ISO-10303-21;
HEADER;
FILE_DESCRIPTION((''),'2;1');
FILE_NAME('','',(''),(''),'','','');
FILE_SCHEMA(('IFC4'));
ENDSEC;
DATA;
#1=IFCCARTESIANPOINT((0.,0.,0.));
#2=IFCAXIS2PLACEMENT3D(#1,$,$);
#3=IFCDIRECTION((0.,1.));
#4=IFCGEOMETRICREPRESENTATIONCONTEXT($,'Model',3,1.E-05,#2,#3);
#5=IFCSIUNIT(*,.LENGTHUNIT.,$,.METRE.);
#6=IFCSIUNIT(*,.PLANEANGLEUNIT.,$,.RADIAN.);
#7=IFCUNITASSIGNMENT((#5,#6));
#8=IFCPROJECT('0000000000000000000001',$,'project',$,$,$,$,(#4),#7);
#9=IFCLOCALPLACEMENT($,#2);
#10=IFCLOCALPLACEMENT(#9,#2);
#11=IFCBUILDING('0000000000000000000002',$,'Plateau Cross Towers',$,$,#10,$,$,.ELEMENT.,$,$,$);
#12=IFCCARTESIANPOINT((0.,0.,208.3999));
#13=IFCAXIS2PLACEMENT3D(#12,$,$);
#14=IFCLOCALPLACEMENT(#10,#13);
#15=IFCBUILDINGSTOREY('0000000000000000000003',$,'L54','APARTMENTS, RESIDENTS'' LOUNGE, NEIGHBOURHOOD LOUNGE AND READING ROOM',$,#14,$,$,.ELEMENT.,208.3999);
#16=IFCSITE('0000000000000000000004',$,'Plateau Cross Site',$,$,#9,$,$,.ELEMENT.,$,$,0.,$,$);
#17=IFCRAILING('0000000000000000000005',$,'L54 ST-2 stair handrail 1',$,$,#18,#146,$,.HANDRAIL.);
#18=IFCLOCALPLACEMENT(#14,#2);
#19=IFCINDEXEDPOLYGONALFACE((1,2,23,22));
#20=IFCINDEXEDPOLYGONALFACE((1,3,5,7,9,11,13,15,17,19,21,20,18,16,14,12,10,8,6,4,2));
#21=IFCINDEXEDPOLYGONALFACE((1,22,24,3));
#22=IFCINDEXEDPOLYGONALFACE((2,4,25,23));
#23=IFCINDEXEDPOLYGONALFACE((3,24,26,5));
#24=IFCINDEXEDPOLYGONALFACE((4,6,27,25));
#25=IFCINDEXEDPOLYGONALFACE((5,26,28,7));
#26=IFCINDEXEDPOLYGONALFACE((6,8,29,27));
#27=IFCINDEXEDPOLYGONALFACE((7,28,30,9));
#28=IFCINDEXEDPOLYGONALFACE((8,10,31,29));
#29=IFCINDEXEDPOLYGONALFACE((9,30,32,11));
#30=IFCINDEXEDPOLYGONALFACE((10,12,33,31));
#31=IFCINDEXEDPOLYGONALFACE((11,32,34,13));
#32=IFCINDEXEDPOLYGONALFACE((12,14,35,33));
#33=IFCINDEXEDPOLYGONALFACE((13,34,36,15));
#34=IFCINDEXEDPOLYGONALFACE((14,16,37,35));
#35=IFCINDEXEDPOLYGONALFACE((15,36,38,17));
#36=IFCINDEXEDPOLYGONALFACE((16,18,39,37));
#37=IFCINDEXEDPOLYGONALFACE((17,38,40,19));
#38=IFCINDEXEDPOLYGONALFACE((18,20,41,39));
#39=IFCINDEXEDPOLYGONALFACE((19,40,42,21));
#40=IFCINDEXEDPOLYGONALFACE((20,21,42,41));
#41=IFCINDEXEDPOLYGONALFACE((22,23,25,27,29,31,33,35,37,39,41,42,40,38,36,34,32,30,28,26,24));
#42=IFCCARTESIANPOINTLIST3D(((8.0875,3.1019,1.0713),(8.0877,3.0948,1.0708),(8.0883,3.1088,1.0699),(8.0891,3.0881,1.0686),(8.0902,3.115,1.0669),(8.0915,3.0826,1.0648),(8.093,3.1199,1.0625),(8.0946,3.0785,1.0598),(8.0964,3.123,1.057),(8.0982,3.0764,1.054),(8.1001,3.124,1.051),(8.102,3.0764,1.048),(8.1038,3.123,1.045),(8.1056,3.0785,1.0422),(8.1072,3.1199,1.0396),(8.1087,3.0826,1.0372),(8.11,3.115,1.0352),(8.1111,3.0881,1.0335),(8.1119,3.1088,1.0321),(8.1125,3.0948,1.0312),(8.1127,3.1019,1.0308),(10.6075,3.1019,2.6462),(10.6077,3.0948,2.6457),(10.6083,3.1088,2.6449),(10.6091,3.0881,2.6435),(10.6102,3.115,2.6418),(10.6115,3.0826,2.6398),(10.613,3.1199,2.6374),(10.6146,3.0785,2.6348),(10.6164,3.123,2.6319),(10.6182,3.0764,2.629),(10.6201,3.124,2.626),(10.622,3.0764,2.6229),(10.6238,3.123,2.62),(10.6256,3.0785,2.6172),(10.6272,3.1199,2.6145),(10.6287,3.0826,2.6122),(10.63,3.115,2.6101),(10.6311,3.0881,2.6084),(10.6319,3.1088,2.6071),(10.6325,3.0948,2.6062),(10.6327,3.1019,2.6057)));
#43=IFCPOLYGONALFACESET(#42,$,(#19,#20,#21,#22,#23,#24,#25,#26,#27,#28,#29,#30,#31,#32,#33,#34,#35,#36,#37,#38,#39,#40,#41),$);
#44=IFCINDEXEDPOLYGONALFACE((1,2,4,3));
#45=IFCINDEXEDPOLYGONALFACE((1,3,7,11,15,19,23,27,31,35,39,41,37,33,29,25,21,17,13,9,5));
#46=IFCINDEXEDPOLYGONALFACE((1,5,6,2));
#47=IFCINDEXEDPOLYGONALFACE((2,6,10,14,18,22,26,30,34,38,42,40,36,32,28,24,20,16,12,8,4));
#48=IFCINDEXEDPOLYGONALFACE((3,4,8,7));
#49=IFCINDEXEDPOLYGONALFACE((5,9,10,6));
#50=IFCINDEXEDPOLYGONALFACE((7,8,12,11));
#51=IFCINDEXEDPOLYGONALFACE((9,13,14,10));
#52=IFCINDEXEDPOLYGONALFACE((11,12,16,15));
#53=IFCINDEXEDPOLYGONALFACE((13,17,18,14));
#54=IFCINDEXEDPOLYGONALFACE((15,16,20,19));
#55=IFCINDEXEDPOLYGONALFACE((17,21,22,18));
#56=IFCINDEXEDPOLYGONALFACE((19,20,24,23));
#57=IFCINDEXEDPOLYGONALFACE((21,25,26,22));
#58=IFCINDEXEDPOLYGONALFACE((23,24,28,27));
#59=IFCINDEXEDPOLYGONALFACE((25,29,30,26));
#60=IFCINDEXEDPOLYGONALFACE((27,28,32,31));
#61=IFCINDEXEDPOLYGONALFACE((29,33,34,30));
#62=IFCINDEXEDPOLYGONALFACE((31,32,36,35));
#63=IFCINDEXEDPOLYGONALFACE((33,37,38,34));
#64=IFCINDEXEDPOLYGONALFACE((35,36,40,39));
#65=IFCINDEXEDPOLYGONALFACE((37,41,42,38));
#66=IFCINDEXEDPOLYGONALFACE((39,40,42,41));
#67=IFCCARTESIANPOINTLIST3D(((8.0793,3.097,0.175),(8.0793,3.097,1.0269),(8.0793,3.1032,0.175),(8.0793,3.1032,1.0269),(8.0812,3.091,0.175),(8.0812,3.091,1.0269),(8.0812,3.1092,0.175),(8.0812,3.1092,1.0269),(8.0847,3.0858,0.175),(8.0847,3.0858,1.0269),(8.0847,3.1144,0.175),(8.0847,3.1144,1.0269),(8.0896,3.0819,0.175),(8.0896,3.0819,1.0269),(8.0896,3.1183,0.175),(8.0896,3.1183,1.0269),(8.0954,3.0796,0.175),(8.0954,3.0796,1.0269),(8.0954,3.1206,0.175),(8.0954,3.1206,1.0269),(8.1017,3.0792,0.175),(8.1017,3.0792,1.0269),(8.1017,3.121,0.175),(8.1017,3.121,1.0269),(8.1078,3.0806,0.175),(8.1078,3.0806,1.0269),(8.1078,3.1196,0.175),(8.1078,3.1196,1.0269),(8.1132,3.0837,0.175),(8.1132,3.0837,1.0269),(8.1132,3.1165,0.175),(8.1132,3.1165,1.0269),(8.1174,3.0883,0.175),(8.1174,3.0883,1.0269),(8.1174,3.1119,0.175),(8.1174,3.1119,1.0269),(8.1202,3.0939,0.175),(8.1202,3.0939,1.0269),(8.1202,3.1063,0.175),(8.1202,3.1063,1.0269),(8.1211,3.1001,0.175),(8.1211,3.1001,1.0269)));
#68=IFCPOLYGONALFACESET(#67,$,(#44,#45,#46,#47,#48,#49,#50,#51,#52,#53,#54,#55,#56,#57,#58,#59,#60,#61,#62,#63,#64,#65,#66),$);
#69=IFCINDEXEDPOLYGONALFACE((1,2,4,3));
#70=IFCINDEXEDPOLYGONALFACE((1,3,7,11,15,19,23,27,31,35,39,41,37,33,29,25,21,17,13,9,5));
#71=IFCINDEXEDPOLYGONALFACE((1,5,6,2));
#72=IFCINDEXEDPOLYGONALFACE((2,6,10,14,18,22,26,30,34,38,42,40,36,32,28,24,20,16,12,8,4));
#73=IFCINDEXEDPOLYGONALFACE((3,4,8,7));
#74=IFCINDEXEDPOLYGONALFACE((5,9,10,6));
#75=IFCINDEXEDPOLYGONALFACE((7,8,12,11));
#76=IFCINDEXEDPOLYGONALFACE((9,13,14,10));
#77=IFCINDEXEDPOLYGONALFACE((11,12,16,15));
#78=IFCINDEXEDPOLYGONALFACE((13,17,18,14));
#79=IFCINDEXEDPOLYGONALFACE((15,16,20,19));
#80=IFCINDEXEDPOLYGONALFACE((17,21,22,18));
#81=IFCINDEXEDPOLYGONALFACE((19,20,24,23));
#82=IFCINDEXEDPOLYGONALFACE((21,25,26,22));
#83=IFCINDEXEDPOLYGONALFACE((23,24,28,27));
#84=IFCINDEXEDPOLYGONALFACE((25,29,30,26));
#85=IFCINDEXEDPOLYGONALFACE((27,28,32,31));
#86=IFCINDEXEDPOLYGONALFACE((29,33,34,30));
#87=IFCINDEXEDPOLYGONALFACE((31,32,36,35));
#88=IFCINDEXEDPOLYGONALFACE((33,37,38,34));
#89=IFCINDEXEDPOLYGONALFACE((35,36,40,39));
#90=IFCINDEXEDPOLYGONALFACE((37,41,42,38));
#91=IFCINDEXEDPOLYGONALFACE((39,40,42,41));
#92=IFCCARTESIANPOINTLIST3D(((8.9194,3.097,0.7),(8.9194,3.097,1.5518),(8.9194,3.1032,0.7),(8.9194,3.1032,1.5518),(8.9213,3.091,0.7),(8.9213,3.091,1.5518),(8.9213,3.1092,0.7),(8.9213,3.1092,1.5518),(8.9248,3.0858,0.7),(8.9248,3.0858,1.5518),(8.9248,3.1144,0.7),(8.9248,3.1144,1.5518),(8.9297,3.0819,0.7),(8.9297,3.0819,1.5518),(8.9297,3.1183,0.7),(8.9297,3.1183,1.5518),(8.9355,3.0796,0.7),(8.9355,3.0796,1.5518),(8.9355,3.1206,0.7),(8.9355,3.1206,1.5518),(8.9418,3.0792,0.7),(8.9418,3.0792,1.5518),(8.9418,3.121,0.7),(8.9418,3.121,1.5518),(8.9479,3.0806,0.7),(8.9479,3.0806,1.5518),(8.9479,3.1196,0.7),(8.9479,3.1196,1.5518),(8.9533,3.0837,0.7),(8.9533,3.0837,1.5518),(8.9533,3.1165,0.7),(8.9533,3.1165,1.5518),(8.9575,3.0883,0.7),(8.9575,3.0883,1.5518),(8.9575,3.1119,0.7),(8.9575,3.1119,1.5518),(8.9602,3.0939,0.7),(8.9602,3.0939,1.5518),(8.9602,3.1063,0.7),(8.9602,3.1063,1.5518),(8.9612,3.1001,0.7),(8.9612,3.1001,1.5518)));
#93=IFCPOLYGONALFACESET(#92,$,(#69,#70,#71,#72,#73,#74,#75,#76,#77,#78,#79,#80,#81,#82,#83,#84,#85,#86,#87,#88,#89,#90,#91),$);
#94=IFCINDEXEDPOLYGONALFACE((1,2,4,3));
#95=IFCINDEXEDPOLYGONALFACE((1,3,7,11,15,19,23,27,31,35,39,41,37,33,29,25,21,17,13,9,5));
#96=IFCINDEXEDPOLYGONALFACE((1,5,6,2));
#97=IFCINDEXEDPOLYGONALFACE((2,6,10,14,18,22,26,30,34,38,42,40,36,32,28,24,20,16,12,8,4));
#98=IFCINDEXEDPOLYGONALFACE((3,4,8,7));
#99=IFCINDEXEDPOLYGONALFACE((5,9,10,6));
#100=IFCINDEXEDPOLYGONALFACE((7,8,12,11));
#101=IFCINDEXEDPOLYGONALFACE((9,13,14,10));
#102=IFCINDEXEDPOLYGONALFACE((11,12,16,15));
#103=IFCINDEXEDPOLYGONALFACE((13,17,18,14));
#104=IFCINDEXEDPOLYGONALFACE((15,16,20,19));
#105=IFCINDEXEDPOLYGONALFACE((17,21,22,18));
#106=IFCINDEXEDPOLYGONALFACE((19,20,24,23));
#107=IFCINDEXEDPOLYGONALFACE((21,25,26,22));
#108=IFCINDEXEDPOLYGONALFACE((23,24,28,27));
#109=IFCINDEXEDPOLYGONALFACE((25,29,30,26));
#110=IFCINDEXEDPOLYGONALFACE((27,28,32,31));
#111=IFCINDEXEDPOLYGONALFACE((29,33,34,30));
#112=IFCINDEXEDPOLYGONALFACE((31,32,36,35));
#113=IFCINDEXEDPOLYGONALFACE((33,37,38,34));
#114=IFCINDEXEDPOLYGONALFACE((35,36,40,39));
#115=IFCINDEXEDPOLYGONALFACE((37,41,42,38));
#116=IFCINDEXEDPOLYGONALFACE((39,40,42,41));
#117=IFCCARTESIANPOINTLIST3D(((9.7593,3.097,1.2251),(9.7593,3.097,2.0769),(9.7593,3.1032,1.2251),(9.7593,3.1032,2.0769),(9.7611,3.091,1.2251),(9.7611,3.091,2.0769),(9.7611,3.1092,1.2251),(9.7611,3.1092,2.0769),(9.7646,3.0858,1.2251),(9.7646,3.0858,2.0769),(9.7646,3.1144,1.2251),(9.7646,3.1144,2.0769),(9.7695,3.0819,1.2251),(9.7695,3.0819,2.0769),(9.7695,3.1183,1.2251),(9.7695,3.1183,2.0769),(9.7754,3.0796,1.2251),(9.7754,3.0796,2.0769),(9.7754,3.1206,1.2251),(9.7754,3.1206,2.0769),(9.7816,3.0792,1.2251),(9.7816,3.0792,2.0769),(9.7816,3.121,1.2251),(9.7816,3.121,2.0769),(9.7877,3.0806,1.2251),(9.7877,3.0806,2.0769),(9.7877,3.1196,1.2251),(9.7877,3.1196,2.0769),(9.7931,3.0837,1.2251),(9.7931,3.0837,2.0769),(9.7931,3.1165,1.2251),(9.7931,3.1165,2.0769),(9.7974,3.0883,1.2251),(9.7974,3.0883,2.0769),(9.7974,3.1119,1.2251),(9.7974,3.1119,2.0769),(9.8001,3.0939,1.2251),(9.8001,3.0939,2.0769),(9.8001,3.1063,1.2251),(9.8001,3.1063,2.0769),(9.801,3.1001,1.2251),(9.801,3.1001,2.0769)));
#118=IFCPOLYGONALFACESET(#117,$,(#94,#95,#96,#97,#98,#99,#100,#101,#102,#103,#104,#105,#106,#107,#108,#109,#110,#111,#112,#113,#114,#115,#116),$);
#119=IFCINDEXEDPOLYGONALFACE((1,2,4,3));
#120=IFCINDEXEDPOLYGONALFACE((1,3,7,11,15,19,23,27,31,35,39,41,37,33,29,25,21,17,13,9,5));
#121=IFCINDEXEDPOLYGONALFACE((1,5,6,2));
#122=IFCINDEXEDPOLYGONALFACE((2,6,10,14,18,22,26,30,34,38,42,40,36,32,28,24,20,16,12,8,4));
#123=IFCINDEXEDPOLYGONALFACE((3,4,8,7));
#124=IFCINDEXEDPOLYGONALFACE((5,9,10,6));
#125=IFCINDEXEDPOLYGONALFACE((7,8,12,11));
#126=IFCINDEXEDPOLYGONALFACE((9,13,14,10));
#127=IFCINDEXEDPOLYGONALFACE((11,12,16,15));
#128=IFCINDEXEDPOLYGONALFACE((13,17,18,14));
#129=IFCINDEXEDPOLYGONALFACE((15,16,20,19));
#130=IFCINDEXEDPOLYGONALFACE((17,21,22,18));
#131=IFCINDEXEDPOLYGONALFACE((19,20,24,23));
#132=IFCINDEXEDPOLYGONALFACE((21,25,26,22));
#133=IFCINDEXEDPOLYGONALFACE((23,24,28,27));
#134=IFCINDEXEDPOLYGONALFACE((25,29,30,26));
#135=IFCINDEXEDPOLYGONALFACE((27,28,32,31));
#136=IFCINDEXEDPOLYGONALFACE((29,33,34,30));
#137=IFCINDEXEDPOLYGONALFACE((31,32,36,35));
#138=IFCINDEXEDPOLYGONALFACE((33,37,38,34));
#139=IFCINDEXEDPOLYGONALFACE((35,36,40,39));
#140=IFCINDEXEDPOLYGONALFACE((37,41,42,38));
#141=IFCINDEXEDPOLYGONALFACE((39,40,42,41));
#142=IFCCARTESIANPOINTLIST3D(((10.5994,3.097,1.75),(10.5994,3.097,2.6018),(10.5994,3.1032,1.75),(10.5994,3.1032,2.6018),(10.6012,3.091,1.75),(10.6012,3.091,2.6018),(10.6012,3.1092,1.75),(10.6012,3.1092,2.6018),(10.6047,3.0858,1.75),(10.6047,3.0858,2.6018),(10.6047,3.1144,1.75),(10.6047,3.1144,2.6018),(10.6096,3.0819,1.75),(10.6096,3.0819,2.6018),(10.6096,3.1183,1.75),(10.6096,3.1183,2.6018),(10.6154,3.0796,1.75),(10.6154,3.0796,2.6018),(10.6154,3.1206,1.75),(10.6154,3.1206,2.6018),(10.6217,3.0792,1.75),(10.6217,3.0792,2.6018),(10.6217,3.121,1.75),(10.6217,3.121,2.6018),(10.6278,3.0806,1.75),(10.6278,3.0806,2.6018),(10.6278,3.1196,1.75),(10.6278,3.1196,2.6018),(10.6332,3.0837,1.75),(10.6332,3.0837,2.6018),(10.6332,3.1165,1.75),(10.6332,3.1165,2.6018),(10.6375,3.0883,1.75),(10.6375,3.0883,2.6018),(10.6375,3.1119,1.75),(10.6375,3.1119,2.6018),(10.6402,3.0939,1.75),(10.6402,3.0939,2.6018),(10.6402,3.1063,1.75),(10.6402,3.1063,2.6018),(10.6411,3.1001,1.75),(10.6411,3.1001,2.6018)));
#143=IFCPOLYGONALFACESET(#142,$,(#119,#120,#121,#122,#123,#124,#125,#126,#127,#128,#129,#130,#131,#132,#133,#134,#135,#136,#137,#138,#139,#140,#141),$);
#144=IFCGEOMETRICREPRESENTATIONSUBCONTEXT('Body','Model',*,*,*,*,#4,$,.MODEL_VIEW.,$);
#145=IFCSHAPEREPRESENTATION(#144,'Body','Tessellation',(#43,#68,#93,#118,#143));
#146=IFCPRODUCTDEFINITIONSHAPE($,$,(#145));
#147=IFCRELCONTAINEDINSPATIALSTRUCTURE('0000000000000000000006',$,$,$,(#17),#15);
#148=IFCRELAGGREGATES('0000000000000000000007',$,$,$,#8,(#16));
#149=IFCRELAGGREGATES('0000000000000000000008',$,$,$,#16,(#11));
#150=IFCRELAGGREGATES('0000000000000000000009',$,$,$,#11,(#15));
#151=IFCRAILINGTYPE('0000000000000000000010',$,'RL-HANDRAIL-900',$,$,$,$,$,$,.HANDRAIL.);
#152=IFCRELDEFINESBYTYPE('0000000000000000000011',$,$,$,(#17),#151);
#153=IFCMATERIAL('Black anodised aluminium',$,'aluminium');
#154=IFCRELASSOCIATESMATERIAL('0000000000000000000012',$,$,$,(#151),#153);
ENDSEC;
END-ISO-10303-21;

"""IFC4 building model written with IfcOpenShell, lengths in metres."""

from ifc_helpers import new_model, si_unit, direction, frame, origin, origin_2d, place, context, subcontext, project, spatial, circle, extrude, material, type_object, element, save


model = new_model("IFC4")

# Units and contexts
model_context = context("Model", 3, precision=1e-05, world=origin(), true_north=direction((0.0, 1.0)))
body_context = subcontext(model_context, "Body", "Model", "MODEL_VIEW")
ifc_project = project(units=[si_unit("LENGTHUNIT", "METRE"), si_unit("PLANEANGLEUNIT", "RADIAN")], contexts=[model_context])

# Site, building, storey
site_placement = place(None, origin())
site = spatial("IfcSite", under=ifc_project, at=site_placement, Name="Plateau Cross Site", CompositionType="ELEMENT", RefElevation=0.0)
building_placement = place(site_placement, origin())
building = spatial("IfcBuilding", under=site, at=building_placement, Name="Plateau Cross Towers", CompositionType="ELEMENT")
storey_placement = place(building_placement, frame((0.0, 0.0, 208.3999)))
storey = spatial("IfcBuildingStorey", under=building, at=storey_placement, Name="L54", Description="APARTMENTS, RESIDENTS' LOUNGE, NEIGHBOURHOOD LOUNGE AND READING ROOM", CompositionType="ELEMENT", Elevation=208.3999)

# Shared definitions
ifc_material_1 = material(Name="Black anodised aluminium", Category="aluminium")

# Railing
railing_type_1 = type_object("IfcRailingType", Name="RL-HANDRAIL-900", PredefinedType="HANDRAIL", material=ifc_material_1)
railing_1_placement = place(storey_placement, frame((8.1001, 3.1001, 0.175)))
element("IfcRailing", 1, at=railing_1_placement, inside=storey, type_object=railing_type_1, Name="L54 ST-2 stair handrail 1", PredefinedType="HANDRAIL", context=body_context, shape_type="SweptSolid", body=[
    extrude(circle(Radius=0.0239, at=origin_2d()), frame((0.0, 0.0, 0.876), z_axis=(0.848008, 0.0, 0.529984), x_axis=(0.0, 1.0, 0.0)), (0.0, 0.0, 1.0), 2.9717),
    extrude(circle(Radius=0.021, at=origin_2d()), origin(), (0.0, 0.0, 1.0), 0.8518),
    extrude(circle(Radius=0.021, at=origin_2d()), frame((0.8401, 0.0, 0.5249)), (0.0, 0.0, 1.0), 0.8518),
    extrude(circle(Radius=0.021, at=origin_2d()), frame((1.6799, 0.0, 1.05)), (0.0, 0.0, 1.0), 0.8518),
    extrude(circle(Radius=0.021, at=origin_2d()), frame((2.52, 0.0, 1.575)), (0.0, 0.0, 1.0), 0.8518),
])

save(model, "model.ifc")
